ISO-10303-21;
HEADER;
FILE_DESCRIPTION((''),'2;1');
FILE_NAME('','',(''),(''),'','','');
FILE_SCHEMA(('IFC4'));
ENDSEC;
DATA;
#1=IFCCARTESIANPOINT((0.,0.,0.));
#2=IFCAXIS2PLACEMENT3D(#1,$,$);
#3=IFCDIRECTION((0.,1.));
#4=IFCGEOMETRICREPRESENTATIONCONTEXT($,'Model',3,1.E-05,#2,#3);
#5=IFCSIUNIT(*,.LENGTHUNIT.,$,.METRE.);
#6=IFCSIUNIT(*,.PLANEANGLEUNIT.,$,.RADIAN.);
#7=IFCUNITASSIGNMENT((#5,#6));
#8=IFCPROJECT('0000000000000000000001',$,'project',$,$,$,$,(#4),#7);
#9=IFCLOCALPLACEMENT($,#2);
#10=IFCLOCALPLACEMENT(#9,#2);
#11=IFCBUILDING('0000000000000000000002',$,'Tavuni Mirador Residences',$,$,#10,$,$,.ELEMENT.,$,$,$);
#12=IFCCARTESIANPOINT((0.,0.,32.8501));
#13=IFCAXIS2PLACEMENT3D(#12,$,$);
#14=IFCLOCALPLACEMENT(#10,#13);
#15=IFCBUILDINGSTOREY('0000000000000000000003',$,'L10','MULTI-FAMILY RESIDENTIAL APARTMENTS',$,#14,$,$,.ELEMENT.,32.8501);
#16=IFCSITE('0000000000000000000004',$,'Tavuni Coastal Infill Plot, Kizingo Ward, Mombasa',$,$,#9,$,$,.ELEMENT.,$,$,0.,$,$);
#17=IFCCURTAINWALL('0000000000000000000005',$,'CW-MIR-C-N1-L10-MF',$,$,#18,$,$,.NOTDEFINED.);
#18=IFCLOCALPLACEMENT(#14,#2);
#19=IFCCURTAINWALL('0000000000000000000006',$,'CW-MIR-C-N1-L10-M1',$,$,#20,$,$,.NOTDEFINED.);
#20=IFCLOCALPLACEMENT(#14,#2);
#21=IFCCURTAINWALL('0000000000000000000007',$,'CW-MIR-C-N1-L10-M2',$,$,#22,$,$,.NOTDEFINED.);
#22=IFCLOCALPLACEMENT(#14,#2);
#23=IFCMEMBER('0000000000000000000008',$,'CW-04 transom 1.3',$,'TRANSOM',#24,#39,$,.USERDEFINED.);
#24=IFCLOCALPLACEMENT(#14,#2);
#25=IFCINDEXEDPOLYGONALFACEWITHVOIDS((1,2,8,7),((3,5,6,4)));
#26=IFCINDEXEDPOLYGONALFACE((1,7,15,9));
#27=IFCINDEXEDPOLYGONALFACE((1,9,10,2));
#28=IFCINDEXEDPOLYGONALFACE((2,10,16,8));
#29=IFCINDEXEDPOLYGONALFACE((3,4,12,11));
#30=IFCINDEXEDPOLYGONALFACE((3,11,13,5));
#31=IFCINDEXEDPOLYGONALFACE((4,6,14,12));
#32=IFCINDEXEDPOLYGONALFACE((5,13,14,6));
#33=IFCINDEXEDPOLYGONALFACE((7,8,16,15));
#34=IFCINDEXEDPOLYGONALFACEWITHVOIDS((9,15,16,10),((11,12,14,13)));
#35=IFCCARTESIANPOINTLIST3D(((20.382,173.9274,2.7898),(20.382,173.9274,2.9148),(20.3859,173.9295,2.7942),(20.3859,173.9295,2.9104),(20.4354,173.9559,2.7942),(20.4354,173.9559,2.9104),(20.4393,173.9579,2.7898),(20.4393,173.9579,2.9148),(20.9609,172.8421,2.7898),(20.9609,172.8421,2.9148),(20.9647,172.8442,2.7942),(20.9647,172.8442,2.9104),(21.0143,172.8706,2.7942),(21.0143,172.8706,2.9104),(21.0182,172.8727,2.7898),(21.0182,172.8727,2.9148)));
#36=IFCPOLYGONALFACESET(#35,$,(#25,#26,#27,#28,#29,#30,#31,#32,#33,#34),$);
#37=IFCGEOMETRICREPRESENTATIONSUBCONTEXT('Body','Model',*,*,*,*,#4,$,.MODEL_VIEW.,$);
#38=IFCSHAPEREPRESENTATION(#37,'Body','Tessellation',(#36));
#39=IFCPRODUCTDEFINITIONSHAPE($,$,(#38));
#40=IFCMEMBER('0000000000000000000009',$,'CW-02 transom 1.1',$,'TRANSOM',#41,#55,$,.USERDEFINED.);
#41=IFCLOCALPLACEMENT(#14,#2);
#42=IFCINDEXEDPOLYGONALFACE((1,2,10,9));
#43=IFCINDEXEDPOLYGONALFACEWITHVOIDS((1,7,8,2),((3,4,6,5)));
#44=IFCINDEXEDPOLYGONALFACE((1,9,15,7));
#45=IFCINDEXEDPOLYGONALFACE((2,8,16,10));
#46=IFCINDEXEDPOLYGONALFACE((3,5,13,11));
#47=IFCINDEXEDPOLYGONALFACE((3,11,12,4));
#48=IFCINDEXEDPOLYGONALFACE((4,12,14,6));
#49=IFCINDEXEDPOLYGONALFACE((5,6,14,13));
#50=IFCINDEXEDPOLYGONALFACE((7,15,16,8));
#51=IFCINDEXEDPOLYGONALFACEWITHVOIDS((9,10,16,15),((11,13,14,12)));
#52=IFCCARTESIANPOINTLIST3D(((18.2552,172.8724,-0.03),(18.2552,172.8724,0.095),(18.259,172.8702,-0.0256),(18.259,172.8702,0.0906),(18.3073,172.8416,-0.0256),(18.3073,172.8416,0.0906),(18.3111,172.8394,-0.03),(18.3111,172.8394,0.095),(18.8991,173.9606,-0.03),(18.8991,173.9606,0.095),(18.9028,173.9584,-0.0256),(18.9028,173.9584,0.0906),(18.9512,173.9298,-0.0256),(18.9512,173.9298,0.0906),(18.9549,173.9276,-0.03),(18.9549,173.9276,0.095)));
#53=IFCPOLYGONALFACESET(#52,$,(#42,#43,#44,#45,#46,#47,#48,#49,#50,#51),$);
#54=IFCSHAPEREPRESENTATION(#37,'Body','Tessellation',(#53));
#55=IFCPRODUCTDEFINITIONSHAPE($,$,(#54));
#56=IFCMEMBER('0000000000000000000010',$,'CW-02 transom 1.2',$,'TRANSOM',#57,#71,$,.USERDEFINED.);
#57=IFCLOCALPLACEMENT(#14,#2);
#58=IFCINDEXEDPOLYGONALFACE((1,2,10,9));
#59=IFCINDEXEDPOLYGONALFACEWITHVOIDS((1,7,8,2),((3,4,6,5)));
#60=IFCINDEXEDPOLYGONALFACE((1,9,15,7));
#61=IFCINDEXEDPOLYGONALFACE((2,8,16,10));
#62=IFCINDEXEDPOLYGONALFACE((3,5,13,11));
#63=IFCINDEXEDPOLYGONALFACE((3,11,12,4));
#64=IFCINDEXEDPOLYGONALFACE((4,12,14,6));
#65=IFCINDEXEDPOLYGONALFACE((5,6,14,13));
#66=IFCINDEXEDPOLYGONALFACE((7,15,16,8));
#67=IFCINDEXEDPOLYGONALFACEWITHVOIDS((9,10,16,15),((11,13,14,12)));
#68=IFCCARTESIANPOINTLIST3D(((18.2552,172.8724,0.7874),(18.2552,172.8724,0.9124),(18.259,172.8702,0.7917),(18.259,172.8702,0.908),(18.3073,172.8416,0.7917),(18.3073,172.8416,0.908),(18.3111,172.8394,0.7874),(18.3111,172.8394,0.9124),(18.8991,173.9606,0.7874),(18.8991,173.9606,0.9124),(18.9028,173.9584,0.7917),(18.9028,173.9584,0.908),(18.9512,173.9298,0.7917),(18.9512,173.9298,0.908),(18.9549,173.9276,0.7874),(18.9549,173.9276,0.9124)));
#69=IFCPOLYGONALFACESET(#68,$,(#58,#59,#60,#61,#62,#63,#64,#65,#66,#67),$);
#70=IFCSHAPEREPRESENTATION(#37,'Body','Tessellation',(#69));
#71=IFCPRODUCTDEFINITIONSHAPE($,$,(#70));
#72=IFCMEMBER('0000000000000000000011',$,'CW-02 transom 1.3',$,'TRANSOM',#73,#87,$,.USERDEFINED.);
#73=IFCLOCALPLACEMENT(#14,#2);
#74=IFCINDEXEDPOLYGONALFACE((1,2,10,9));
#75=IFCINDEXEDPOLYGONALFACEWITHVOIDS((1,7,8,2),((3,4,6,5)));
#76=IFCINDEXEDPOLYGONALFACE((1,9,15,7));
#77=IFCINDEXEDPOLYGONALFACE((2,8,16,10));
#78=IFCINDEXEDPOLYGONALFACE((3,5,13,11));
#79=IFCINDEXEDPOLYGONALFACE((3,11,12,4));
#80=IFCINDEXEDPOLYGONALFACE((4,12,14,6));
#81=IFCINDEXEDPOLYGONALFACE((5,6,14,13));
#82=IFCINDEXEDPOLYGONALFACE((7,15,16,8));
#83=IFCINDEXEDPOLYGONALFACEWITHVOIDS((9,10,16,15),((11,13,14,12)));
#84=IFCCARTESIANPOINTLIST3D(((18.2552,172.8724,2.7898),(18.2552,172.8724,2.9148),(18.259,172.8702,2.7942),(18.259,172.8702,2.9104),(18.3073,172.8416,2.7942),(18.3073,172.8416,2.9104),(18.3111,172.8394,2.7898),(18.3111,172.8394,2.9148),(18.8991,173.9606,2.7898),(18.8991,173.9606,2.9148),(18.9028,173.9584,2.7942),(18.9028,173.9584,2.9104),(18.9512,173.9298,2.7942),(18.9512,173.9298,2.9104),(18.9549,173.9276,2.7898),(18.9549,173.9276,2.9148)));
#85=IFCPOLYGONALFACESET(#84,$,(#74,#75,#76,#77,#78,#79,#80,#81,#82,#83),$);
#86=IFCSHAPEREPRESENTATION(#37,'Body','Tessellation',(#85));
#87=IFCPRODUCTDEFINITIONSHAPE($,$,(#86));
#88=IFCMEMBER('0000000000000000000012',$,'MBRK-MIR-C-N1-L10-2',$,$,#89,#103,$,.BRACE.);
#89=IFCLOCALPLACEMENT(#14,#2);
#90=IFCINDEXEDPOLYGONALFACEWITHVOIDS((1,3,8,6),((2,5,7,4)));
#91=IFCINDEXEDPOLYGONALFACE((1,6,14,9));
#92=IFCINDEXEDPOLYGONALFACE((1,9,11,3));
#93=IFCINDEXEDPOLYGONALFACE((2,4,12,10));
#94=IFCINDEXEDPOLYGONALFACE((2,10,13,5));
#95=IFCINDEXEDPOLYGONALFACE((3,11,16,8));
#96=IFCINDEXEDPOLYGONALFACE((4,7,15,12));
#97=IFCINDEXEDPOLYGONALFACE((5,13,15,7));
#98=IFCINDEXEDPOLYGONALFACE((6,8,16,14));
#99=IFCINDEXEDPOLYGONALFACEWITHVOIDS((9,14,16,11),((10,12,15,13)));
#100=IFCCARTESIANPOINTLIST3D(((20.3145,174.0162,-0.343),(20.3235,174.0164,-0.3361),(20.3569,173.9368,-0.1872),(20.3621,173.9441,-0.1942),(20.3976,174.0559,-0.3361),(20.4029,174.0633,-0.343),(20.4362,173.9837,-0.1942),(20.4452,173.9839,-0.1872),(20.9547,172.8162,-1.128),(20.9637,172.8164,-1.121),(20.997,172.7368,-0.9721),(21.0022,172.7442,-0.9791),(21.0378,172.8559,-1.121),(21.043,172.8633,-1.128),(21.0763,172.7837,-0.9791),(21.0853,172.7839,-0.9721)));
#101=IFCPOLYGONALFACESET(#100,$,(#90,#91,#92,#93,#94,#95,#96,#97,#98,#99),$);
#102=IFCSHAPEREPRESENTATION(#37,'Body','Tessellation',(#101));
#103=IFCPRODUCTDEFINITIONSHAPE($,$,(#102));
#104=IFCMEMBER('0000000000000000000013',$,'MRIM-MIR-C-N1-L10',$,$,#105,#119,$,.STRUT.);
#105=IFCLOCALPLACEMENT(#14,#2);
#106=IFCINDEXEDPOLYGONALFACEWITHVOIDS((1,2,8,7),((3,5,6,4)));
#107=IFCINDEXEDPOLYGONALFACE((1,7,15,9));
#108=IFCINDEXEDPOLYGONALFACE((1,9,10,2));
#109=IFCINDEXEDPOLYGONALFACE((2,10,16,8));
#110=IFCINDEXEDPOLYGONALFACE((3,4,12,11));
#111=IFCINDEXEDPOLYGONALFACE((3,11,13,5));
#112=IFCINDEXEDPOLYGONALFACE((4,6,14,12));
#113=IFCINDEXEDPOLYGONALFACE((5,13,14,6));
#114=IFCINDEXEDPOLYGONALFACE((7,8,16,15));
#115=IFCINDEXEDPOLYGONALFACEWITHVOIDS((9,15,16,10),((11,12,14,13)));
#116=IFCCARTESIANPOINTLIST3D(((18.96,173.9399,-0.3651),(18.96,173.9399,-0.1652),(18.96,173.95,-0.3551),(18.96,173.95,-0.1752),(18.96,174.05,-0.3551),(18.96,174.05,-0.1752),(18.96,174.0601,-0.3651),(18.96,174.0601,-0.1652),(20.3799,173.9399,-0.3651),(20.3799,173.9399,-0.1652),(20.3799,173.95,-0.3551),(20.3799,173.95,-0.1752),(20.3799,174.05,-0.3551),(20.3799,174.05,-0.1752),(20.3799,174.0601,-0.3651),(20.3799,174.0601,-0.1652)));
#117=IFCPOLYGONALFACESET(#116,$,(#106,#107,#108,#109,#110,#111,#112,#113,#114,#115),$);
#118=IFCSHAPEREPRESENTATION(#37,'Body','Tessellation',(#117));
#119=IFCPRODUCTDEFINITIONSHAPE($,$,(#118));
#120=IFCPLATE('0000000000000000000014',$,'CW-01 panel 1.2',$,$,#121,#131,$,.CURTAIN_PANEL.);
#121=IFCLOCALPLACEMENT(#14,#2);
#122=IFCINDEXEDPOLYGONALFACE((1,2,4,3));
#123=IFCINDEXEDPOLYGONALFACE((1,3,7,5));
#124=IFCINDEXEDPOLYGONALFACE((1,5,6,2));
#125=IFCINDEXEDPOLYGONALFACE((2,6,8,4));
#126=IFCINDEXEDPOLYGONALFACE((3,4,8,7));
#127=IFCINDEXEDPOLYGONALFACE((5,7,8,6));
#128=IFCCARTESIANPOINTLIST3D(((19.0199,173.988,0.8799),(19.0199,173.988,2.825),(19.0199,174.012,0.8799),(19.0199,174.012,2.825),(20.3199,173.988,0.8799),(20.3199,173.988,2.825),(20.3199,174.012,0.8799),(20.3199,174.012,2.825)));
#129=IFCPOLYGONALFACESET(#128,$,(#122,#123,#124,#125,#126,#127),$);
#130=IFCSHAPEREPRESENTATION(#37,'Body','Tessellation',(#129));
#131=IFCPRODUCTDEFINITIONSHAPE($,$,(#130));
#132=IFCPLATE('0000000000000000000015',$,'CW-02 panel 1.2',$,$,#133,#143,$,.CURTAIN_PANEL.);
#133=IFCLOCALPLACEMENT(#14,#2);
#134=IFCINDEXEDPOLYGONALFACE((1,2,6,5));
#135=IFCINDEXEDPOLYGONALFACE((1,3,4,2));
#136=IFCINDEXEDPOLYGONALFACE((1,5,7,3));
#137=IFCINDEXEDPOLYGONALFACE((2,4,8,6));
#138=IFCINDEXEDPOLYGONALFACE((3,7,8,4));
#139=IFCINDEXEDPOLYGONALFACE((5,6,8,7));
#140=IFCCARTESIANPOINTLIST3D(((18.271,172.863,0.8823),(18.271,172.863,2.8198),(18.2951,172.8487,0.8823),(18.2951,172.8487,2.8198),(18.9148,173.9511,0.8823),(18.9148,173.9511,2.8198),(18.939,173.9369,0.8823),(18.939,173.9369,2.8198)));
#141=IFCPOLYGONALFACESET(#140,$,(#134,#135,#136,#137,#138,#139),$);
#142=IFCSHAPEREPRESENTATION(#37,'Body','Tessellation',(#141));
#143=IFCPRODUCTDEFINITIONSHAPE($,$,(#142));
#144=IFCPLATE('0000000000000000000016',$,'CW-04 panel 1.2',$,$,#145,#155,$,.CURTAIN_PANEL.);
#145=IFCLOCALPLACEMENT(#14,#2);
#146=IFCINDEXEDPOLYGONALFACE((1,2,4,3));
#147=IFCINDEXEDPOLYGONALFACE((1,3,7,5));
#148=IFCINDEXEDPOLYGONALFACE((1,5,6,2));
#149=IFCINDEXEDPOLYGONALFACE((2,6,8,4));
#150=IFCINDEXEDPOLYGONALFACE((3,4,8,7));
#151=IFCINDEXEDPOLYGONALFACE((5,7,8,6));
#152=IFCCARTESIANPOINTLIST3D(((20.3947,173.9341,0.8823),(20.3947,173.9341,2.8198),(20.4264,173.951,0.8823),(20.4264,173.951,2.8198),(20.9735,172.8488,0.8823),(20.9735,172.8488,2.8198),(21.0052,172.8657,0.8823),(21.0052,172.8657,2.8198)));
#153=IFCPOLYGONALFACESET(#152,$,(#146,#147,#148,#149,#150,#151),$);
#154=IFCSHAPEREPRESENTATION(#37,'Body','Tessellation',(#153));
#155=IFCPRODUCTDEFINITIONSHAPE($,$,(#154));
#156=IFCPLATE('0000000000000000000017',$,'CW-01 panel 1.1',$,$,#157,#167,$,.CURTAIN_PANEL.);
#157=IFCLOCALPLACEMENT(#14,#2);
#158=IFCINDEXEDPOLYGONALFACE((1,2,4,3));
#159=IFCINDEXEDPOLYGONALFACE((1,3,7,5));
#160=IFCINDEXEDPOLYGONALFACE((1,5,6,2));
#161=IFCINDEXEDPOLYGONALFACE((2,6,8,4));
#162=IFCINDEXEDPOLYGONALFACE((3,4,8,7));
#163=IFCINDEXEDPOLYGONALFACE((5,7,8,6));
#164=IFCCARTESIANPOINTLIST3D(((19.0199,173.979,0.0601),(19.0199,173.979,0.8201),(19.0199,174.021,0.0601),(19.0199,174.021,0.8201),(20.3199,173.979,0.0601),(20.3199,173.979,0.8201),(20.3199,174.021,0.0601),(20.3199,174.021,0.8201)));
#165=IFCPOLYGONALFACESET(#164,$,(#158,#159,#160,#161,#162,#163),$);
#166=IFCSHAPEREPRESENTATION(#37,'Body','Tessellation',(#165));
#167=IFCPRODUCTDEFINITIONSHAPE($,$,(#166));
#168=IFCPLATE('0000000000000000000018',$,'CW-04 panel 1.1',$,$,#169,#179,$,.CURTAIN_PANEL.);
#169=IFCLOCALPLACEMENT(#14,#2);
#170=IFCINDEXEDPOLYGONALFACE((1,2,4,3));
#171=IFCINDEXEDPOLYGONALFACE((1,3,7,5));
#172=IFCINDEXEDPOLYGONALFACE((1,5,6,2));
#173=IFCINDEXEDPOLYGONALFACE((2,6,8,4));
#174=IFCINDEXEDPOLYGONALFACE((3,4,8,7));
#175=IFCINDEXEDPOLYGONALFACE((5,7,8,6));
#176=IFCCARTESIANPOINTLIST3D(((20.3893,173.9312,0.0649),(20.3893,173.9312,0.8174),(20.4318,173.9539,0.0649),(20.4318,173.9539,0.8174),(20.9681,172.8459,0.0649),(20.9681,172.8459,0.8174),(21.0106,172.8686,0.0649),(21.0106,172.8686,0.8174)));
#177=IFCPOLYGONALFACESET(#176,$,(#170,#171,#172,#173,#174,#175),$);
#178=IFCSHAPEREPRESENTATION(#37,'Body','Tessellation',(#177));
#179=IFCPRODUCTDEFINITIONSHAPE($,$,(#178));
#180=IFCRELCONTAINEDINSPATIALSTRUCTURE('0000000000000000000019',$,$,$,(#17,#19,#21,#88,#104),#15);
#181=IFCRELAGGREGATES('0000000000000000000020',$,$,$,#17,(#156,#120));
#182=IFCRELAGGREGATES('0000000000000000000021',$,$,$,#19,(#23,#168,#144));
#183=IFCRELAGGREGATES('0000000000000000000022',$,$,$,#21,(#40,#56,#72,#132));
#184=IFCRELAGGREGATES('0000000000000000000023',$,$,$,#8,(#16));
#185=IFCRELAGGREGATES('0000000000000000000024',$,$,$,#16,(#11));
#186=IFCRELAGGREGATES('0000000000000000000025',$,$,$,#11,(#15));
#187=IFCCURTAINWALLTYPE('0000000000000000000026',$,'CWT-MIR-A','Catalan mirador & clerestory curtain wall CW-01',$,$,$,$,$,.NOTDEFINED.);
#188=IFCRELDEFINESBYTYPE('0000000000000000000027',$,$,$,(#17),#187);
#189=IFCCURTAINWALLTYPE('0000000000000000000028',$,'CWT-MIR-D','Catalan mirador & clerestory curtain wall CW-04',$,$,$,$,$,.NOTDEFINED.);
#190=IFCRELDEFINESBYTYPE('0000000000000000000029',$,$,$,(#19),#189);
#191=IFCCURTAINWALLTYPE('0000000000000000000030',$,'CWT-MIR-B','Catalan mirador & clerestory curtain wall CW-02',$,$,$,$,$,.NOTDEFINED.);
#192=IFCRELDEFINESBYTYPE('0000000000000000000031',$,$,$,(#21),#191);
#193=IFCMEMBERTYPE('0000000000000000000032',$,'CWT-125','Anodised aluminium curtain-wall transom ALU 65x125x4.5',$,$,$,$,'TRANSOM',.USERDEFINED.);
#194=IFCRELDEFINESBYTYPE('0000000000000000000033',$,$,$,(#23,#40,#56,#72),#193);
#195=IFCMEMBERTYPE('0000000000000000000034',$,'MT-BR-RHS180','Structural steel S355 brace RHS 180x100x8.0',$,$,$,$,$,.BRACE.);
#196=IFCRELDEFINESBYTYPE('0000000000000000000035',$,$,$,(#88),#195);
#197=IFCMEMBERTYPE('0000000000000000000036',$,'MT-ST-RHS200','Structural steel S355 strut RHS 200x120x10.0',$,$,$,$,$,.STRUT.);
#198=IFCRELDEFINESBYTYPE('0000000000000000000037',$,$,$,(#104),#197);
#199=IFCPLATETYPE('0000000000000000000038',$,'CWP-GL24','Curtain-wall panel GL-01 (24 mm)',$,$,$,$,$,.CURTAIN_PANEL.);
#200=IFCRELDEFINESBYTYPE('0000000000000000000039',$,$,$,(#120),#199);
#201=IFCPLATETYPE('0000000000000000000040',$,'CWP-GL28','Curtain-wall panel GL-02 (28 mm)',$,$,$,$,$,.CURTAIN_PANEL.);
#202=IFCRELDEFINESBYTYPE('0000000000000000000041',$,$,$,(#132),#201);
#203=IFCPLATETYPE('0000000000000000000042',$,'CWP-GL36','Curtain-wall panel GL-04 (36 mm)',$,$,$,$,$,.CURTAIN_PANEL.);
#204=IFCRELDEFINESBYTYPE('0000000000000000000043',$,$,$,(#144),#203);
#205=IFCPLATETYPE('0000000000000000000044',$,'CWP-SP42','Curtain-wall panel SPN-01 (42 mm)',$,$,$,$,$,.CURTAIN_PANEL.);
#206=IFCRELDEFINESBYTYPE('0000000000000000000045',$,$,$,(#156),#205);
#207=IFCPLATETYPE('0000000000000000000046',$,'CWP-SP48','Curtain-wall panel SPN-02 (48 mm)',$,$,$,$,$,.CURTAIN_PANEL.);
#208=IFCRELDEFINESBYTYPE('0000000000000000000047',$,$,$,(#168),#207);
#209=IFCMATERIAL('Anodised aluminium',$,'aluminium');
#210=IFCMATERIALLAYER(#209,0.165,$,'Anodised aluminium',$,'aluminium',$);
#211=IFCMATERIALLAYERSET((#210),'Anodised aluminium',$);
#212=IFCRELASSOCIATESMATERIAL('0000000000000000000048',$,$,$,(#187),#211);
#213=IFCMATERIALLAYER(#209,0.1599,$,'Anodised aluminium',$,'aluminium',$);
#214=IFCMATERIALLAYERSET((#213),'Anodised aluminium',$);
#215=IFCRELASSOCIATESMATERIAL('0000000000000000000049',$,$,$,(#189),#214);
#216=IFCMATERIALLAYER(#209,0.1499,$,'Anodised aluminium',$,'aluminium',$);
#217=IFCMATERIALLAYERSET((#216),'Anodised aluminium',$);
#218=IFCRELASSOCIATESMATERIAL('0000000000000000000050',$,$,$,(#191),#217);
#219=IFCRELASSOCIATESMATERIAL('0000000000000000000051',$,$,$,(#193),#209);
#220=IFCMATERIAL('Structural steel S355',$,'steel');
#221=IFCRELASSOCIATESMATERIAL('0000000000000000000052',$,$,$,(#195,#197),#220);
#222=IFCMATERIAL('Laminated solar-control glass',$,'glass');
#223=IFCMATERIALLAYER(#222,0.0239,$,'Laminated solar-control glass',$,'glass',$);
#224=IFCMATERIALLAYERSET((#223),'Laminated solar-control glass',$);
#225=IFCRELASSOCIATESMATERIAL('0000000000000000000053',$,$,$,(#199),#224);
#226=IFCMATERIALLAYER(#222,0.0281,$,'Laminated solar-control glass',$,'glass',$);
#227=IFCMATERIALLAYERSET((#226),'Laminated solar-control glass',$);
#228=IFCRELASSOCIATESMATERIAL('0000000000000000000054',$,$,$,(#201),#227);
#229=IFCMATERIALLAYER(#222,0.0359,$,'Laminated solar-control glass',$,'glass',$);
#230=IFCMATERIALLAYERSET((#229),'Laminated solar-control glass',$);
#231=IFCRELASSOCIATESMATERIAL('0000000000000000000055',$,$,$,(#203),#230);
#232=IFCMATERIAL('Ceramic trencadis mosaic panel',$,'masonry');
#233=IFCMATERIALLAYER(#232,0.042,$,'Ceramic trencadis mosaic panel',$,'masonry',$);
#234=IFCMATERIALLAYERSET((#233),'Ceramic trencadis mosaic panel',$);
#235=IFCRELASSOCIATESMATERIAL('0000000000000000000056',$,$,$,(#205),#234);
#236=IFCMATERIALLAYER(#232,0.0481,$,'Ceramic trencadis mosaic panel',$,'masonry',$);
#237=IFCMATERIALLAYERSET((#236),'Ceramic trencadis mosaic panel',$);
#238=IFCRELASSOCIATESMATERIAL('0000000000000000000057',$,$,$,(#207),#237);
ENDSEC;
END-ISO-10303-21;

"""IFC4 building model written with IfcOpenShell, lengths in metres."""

from ifc_helpers import new_model, si_unit, direction, frame, origin, origin_2d, place, context, subcontext, project, spatial, rectangle, hollow_rectangle, extrude, material, layer, layer_set, material_profile, profile_set, type_object, element, aggregate, save


model = new_model("IFC4")

# Units and contexts
model_context = context("Model", 3, precision=1e-05, world=origin(), true_north=direction((0.0, 1.0)))
body_context = subcontext(model_context, "Body", "Model", "MODEL_VIEW")
ifc_project = project(units=[si_unit("LENGTHUNIT", "METRE"), si_unit("PLANEANGLEUNIT", "RADIAN")], contexts=[model_context])

# Site, building, storey
site_placement = place(None, origin())
site = spatial("IfcSite", under=ifc_project, at=site_placement, Name="Tavuni Coastal Infill Plot, Kizingo Ward, Mombasa", CompositionType="ELEMENT", RefElevation=0.0)
building_placement = place(site_placement, origin())
building = spatial("IfcBuilding", under=site, at=building_placement, Name="Tavuni Mirador Residences", CompositionType="ELEMENT")
storey_placement = place(building_placement, frame((0.0, 0.0, 32.8501)))
storey = spatial("IfcBuildingStorey", under=building, at=storey_placement, Name="L10", Description="MULTI-FAMILY RESIDENTIAL APARTMENTS", CompositionType="ELEMENT", Elevation=32.8501)

# Curtain walls
ifc_material_1 = material(Name="Anodised aluminium", Category="aluminium")
ifc_layer_1 = layer(ifc_material_1, 0.165, Name="Anodised aluminium", Category="aluminium")
ifc_layer_set_1 = layer_set([ifc_layer_1], Name="Anodised aluminium")
curtain_wall_type_1 = type_object("IfcCurtainWallType", Name="CWT-MIR-A", Description="Catalan mirador & clerestory curtain wall CW-01", PredefinedType="NOTDEFINED", material=ifc_layer_set_1)
curtain_wall_1_placement = place(storey_placement, origin())
curtain_wall_1 = element("IfcCurtainWall", 1, at=curtain_wall_1_placement, inside=storey, type_object=curtain_wall_type_1, Name="CW-MIR-C-N1-L10-MF", PredefinedType="NOTDEFINED")
ifc_layer_2 = layer(ifc_material_1, 0.1599, Name="Anodised aluminium", Category="aluminium")
ifc_layer_set_2 = layer_set([ifc_layer_2], Name="Anodised aluminium")
curtain_wall_type_2 = type_object("IfcCurtainWallType", Name="CWT-MIR-D", Description="Catalan mirador & clerestory curtain wall CW-04", PredefinedType="NOTDEFINED", material=ifc_layer_set_2)
curtain_wall_2_placement = place(storey_placement, origin())
curtain_wall_2 = element("IfcCurtainWall", 2, at=curtain_wall_2_placement, inside=storey, type_object=curtain_wall_type_2, Name="CW-MIR-C-N1-L10-M1", PredefinedType="NOTDEFINED")

# Curtain wall
ifc_layer_3 = layer(ifc_material_1, 0.1499, Name="Anodised aluminium", Category="aluminium")
ifc_layer_set_3 = layer_set([ifc_layer_3], Name="Anodised aluminium")
curtain_wall_type_3 = type_object("IfcCurtainWallType", Name="CWT-MIR-B", Description="Catalan mirador & clerestory curtain wall CW-02", PredefinedType="NOTDEFINED", material=ifc_layer_set_3)
curtain_wall_3_placement = place(storey_placement, origin())
curtain_wall_3 = element("IfcCurtainWall", 3, at=curtain_wall_3_placement, inside=storey, type_object=curtain_wall_type_3, Name="CW-MIR-C-N1-L10-M2", PredefinedType="NOTDEFINED")

# Members
ifc_material_profile_1 = material_profile(ifc_material_1, hollow_rectangle(XDim=0.0649, YDim=0.125, WallThickness=0.0044, at=origin_2d()), Name="ALU 65x125x4.5", Category="aluminium")
ifc_profile_set_1 = profile_set([ifc_material_profile_1], Name="Anodised aluminium")
member_type_1 = type_object("IfcMemberType", Name="CWT-125", Description="Anodised aluminium curtain-wall transom ALU 65x125x4.5", ElementType="TRANSOM", PredefinedType="USERDEFINED", material=ifc_profile_set_1)
member_1_placement = place(storey_placement, frame((20.9895, 172.8574, 2.8523), z_axis=(-0.47064, 0.882325, 0.0), x_axis=(-0.882325, -0.47064, 0.0)))
member_1 = element("IfcMember", 4, at=member_1_placement, type_object=member_type_1, Name="CW-04 transom 1.3", ObjectType="TRANSOM", PredefinedType="USERDEFINED", context=body_context, shape_type="SweptSolid", body=[
    extrude(hollow_rectangle(XDim=0.0649, YDim=0.125, WallThickness=0.0044, at=origin_2d()), origin(), (0.0, 0.0, 1.0), 1.23),
])
member_2_placement = place(storey_placement, frame((18.927, 173.9441, 0.0325), z_axis=(-0.509204, -0.860646, 0.0), x_axis=(0.860646, -0.509204, 0.0)))
member_2 = element("IfcMember", 5, at=member_2_placement, type_object=member_type_1, Name="CW-02 transom 1.1", ObjectType="TRANSOM", PredefinedType="USERDEFINED", context=body_context, shape_type="SweptSolid", body=[
    extrude(hollow_rectangle(XDim=0.0649, YDim=0.125, WallThickness=0.0044, at=origin_2d()), origin(), (0.0, 0.0, 1.0), 1.2644),
])
member_3_placement = place(storey_placement, frame((18.927, 173.9441, 0.8499), z_axis=(-0.509204, -0.860646, 0.0), x_axis=(0.860646, -0.509204, 0.0)))
member_3 = element("IfcMember", 6, at=member_3_placement, type_object=member_type_1, Name="CW-02 transom 1.2", ObjectType="TRANSOM", PredefinedType="USERDEFINED", context=body_context, shape_type="SweptSolid", body=[
    extrude(hollow_rectangle(XDim=0.0649, YDim=0.125, WallThickness=0.0044, at=origin_2d()), origin(), (0.0, 0.0, 1.0), 1.2644),
])
member_4_placement = place(storey_placement, frame((18.927, 173.9441, 2.8523), z_axis=(-0.509204, -0.860646, 0.0), x_axis=(0.860646, -0.509204, 0.0)))
member_4 = element("IfcMember", 7, at=member_4_placement, type_object=member_type_1, Name="CW-02 transom 1.3", ObjectType="TRANSOM", PredefinedType="USERDEFINED", context=body_context, shape_type="SweptSolid", body=[
    extrude(hollow_rectangle(XDim=0.0649, YDim=0.125, WallThickness=0.0044, at=origin_2d()), origin(), (0.0, 0.0, 1.0), 1.2644),
])

# Members
ifc_material_2 = material(Name="Structural steel S355", Category="steel")
ifc_material_profile_2 = material_profile(ifc_material_2, hollow_rectangle(XDim=0.1001, YDim=0.1799, WallThickness=0.0081, at=origin_2d()), Name="RHS 180x100x8.0", Category="steel")
ifc_profile_set_2 = profile_set([ifc_material_profile_2], Name="Structural steel S355")
member_type_2 = type_object("IfcMemberType", Name="MT-BR-RHS180", Description="Structural steel S355 brace RHS 180x100x8.0", PredefinedType="BRACE", material=ifc_profile_set_2)
member_5_placement = place(storey_placement, frame((21.02, 172.8, -1.05), z_axis=(-0.407661, 0.764169, 0.499858), x_axis=(-0.882303, -0.470681, 0.0)))
element("IfcMember", 8, at=member_5_placement, inside=storey, type_object=member_type_2, Name="MBRK-MIR-C-N1-L10-2", PredefinedType="BRACE", context=body_context, shape_type="SweptSolid", body=[
    extrude(hollow_rectangle(XDim=0.1001, YDim=0.1799, WallThickness=0.0081, at=origin_2d()), origin(), (0.0, 0.0, 1.0), 1.5703),
])
ifc_material_profile_3 = material_profile(ifc_material_2, hollow_rectangle(XDim=0.1201, YDim=0.2, WallThickness=0.01, at=origin_2d()), Name="RHS 200x120x10.0", Category="steel")
ifc_profile_set_3 = profile_set([ifc_material_profile_3], Name="Structural steel S355")
member_type_3 = type_object("IfcMemberType", Name="MT-ST-RHS200", Description="Structural steel S355 strut RHS 200x120x10.0", PredefinedType="STRUT", material=ifc_profile_set_3)
member_6_placement = place(storey_placement, frame((18.96, 174.0, -0.2651), z_axis=(1.0, 0.0, 0.0), x_axis=(0.0, 1.0, 0.0)))
element("IfcMember", 9, at=member_6_placement, inside=storey, type_object=member_type_3, Name="MRIM-MIR-C-N1-L10", PredefinedType="STRUT", context=body_context, shape_type="SweptSolid", body=[
    extrude(hollow_rectangle(XDim=0.1201, YDim=0.2, WallThickness=0.01, at=origin_2d()), origin(), (0.0, 0.0, 1.0), 1.4199),
])

# Plates
ifc_material_3 = material(Name="Laminated solar-control glass", Category="glass")
ifc_layer_4 = layer(ifc_material_3, 0.0239, Name="Laminated solar-control glass", Category="glass")
ifc_layer_set_4 = layer_set([ifc_layer_4], Name="Laminated solar-control glass")
plate_type_1 = type_object("IfcPlateType", Name="CWP-GL24", Description="Curtain-wall panel GL-01 (24 mm)", PredefinedType="CURTAIN_PANEL", material=ifc_layer_set_4)
plate_1_placement = place(storey_placement, frame((19.6699, 174.0, 0.8799), z_axis=(0.0, 0.0, 1.0), x_axis=(-1.0, 0.0, 0.0)))
plate_1 = element("IfcPlate", 10, at=plate_1_placement, type_object=plate_type_1, Name="CW-01 panel 1.2", PredefinedType="CURTAIN_PANEL", context=body_context, shape_type="SweptSolid", body=[
    extrude(rectangle(XDim=1.3, YDim=0.0239, at=origin_2d()), origin(), (0.0, 0.0, 1.0), 1.9451),
])
ifc_layer_5 = layer(ifc_material_3, 0.0281, Name="Laminated solar-control glass", Category="glass")
ifc_layer_set_5 = layer_set([ifc_layer_5], Name="Laminated solar-control glass")
plate_type_2 = type_object("IfcPlateType", Name="CWP-GL28", Description="Curtain-wall panel GL-02 (28 mm)", PredefinedType="CURTAIN_PANEL", material=ifc_layer_set_5)
plate_2_placement = place(storey_placement, frame((18.605, 173.3999, 0.8823), z_axis=(0.0, 0.0, 1.0), x_axis=(-0.509212, -0.860641, 0.0)))
plate_2 = element("IfcPlate", 11, at=plate_2_placement, type_object=plate_type_2, Name="CW-02 panel 1.2", PredefinedType="CURTAIN_PANEL", context=body_context, shape_type="SweptSolid", body=[
    extrude(rectangle(XDim=1.2644, YDim=0.0281, at=origin_2d()), origin(), (0.0, 0.0, 1.0), 1.9375),
])
ifc_layer_6 = layer(ifc_material_3, 0.0359, Name="Laminated solar-control glass", Category="glass")
ifc_layer_set_6 = layer_set([ifc_layer_6], Name="Laminated solar-control glass")
plate_type_3 = type_object("IfcPlateType", Name="CWP-GL36", Description="Curtain-wall panel GL-04 (36 mm)", PredefinedType="CURTAIN_PANEL", material=ifc_layer_set_6)
plate_3_placement = place(storey_placement, frame((20.7, 173.3999, 0.8823), z_axis=(0.0, 0.0, 1.0), x_axis=(-0.470588, 0.882353, 0.0)))
plate_3 = element("IfcPlate", 12, at=plate_3_placement, type_object=plate_type_3, Name="CW-04 panel 1.2", PredefinedType="CURTAIN_PANEL", context=body_context, shape_type="SweptSolid", body=[
    extrude(rectangle(XDim=1.23, YDim=0.0359, at=origin_2d()), origin(), (0.0, 0.0, 1.0), 1.9375),
])
ifc_material_4 = material(Name="Ceramic trencadis mosaic panel", Category="masonry")
ifc_layer_7 = layer(ifc_material_4, 0.042, Name="Ceramic trencadis mosaic panel", Category="masonry")
ifc_layer_set_7 = layer_set([ifc_layer_7], Name="Ceramic trencadis mosaic panel")
plate_type_4 = type_object("IfcPlateType", Name="CWP-SP42", Description="Curtain-wall panel SPN-01 (42 mm)", PredefinedType="CURTAIN_PANEL", material=ifc_layer_set_7)
plate_4_placement = place(storey_placement, frame((19.6699, 174.0, 0.0601), z_axis=(0.0, 0.0, 1.0), x_axis=(-1.0, 0.0, 0.0)))
plate_4 = element("IfcPlate", 13, at=plate_4_placement, type_object=plate_type_4, Name="CW-01 panel 1.1", PredefinedType="CURTAIN_PANEL", context=body_context, shape_type="SweptSolid", body=[
    extrude(rectangle(XDim=1.3, YDim=0.042, at=origin_2d()), origin(), (0.0, 0.0, 1.0), 0.76),
])
aggregate(curtain_wall_1, [plate_4, plate_1])
ifc_layer_8 = layer(ifc_material_4, 0.0481, Name="Ceramic trencadis mosaic panel", Category="masonry")
ifc_layer_set_8 = layer_set([ifc_layer_8], Name="Ceramic trencadis mosaic panel")
plate_type_5 = type_object("IfcPlateType", Name="CWP-SP48", Description="Curtain-wall panel SPN-02 (48 mm)", PredefinedType="CURTAIN_PANEL", material=ifc_layer_set_8)
plate_5_placement = place(storey_placement, frame((20.7, 173.3999, 0.0649), z_axis=(0.0, 0.0, 1.0), x_axis=(-0.470588, 0.882353, 0.0)))
plate_5 = element("IfcPlate", 14, at=plate_5_placement, type_object=plate_type_5, Name="CW-04 panel 1.1", PredefinedType="CURTAIN_PANEL", context=body_context, shape_type="SweptSolid", body=[
    extrude(rectangle(XDim=1.23, YDim=0.0481, at=origin_2d()), origin(), (0.0, 0.0, 1.0), 0.7524),
])
aggregate(curtain_wall_2, [member_1, plate_5, plate_3])
aggregate(curtain_wall_3, [member_2, member_3, member_4, plate_2])

save(model, "model.ifc")
